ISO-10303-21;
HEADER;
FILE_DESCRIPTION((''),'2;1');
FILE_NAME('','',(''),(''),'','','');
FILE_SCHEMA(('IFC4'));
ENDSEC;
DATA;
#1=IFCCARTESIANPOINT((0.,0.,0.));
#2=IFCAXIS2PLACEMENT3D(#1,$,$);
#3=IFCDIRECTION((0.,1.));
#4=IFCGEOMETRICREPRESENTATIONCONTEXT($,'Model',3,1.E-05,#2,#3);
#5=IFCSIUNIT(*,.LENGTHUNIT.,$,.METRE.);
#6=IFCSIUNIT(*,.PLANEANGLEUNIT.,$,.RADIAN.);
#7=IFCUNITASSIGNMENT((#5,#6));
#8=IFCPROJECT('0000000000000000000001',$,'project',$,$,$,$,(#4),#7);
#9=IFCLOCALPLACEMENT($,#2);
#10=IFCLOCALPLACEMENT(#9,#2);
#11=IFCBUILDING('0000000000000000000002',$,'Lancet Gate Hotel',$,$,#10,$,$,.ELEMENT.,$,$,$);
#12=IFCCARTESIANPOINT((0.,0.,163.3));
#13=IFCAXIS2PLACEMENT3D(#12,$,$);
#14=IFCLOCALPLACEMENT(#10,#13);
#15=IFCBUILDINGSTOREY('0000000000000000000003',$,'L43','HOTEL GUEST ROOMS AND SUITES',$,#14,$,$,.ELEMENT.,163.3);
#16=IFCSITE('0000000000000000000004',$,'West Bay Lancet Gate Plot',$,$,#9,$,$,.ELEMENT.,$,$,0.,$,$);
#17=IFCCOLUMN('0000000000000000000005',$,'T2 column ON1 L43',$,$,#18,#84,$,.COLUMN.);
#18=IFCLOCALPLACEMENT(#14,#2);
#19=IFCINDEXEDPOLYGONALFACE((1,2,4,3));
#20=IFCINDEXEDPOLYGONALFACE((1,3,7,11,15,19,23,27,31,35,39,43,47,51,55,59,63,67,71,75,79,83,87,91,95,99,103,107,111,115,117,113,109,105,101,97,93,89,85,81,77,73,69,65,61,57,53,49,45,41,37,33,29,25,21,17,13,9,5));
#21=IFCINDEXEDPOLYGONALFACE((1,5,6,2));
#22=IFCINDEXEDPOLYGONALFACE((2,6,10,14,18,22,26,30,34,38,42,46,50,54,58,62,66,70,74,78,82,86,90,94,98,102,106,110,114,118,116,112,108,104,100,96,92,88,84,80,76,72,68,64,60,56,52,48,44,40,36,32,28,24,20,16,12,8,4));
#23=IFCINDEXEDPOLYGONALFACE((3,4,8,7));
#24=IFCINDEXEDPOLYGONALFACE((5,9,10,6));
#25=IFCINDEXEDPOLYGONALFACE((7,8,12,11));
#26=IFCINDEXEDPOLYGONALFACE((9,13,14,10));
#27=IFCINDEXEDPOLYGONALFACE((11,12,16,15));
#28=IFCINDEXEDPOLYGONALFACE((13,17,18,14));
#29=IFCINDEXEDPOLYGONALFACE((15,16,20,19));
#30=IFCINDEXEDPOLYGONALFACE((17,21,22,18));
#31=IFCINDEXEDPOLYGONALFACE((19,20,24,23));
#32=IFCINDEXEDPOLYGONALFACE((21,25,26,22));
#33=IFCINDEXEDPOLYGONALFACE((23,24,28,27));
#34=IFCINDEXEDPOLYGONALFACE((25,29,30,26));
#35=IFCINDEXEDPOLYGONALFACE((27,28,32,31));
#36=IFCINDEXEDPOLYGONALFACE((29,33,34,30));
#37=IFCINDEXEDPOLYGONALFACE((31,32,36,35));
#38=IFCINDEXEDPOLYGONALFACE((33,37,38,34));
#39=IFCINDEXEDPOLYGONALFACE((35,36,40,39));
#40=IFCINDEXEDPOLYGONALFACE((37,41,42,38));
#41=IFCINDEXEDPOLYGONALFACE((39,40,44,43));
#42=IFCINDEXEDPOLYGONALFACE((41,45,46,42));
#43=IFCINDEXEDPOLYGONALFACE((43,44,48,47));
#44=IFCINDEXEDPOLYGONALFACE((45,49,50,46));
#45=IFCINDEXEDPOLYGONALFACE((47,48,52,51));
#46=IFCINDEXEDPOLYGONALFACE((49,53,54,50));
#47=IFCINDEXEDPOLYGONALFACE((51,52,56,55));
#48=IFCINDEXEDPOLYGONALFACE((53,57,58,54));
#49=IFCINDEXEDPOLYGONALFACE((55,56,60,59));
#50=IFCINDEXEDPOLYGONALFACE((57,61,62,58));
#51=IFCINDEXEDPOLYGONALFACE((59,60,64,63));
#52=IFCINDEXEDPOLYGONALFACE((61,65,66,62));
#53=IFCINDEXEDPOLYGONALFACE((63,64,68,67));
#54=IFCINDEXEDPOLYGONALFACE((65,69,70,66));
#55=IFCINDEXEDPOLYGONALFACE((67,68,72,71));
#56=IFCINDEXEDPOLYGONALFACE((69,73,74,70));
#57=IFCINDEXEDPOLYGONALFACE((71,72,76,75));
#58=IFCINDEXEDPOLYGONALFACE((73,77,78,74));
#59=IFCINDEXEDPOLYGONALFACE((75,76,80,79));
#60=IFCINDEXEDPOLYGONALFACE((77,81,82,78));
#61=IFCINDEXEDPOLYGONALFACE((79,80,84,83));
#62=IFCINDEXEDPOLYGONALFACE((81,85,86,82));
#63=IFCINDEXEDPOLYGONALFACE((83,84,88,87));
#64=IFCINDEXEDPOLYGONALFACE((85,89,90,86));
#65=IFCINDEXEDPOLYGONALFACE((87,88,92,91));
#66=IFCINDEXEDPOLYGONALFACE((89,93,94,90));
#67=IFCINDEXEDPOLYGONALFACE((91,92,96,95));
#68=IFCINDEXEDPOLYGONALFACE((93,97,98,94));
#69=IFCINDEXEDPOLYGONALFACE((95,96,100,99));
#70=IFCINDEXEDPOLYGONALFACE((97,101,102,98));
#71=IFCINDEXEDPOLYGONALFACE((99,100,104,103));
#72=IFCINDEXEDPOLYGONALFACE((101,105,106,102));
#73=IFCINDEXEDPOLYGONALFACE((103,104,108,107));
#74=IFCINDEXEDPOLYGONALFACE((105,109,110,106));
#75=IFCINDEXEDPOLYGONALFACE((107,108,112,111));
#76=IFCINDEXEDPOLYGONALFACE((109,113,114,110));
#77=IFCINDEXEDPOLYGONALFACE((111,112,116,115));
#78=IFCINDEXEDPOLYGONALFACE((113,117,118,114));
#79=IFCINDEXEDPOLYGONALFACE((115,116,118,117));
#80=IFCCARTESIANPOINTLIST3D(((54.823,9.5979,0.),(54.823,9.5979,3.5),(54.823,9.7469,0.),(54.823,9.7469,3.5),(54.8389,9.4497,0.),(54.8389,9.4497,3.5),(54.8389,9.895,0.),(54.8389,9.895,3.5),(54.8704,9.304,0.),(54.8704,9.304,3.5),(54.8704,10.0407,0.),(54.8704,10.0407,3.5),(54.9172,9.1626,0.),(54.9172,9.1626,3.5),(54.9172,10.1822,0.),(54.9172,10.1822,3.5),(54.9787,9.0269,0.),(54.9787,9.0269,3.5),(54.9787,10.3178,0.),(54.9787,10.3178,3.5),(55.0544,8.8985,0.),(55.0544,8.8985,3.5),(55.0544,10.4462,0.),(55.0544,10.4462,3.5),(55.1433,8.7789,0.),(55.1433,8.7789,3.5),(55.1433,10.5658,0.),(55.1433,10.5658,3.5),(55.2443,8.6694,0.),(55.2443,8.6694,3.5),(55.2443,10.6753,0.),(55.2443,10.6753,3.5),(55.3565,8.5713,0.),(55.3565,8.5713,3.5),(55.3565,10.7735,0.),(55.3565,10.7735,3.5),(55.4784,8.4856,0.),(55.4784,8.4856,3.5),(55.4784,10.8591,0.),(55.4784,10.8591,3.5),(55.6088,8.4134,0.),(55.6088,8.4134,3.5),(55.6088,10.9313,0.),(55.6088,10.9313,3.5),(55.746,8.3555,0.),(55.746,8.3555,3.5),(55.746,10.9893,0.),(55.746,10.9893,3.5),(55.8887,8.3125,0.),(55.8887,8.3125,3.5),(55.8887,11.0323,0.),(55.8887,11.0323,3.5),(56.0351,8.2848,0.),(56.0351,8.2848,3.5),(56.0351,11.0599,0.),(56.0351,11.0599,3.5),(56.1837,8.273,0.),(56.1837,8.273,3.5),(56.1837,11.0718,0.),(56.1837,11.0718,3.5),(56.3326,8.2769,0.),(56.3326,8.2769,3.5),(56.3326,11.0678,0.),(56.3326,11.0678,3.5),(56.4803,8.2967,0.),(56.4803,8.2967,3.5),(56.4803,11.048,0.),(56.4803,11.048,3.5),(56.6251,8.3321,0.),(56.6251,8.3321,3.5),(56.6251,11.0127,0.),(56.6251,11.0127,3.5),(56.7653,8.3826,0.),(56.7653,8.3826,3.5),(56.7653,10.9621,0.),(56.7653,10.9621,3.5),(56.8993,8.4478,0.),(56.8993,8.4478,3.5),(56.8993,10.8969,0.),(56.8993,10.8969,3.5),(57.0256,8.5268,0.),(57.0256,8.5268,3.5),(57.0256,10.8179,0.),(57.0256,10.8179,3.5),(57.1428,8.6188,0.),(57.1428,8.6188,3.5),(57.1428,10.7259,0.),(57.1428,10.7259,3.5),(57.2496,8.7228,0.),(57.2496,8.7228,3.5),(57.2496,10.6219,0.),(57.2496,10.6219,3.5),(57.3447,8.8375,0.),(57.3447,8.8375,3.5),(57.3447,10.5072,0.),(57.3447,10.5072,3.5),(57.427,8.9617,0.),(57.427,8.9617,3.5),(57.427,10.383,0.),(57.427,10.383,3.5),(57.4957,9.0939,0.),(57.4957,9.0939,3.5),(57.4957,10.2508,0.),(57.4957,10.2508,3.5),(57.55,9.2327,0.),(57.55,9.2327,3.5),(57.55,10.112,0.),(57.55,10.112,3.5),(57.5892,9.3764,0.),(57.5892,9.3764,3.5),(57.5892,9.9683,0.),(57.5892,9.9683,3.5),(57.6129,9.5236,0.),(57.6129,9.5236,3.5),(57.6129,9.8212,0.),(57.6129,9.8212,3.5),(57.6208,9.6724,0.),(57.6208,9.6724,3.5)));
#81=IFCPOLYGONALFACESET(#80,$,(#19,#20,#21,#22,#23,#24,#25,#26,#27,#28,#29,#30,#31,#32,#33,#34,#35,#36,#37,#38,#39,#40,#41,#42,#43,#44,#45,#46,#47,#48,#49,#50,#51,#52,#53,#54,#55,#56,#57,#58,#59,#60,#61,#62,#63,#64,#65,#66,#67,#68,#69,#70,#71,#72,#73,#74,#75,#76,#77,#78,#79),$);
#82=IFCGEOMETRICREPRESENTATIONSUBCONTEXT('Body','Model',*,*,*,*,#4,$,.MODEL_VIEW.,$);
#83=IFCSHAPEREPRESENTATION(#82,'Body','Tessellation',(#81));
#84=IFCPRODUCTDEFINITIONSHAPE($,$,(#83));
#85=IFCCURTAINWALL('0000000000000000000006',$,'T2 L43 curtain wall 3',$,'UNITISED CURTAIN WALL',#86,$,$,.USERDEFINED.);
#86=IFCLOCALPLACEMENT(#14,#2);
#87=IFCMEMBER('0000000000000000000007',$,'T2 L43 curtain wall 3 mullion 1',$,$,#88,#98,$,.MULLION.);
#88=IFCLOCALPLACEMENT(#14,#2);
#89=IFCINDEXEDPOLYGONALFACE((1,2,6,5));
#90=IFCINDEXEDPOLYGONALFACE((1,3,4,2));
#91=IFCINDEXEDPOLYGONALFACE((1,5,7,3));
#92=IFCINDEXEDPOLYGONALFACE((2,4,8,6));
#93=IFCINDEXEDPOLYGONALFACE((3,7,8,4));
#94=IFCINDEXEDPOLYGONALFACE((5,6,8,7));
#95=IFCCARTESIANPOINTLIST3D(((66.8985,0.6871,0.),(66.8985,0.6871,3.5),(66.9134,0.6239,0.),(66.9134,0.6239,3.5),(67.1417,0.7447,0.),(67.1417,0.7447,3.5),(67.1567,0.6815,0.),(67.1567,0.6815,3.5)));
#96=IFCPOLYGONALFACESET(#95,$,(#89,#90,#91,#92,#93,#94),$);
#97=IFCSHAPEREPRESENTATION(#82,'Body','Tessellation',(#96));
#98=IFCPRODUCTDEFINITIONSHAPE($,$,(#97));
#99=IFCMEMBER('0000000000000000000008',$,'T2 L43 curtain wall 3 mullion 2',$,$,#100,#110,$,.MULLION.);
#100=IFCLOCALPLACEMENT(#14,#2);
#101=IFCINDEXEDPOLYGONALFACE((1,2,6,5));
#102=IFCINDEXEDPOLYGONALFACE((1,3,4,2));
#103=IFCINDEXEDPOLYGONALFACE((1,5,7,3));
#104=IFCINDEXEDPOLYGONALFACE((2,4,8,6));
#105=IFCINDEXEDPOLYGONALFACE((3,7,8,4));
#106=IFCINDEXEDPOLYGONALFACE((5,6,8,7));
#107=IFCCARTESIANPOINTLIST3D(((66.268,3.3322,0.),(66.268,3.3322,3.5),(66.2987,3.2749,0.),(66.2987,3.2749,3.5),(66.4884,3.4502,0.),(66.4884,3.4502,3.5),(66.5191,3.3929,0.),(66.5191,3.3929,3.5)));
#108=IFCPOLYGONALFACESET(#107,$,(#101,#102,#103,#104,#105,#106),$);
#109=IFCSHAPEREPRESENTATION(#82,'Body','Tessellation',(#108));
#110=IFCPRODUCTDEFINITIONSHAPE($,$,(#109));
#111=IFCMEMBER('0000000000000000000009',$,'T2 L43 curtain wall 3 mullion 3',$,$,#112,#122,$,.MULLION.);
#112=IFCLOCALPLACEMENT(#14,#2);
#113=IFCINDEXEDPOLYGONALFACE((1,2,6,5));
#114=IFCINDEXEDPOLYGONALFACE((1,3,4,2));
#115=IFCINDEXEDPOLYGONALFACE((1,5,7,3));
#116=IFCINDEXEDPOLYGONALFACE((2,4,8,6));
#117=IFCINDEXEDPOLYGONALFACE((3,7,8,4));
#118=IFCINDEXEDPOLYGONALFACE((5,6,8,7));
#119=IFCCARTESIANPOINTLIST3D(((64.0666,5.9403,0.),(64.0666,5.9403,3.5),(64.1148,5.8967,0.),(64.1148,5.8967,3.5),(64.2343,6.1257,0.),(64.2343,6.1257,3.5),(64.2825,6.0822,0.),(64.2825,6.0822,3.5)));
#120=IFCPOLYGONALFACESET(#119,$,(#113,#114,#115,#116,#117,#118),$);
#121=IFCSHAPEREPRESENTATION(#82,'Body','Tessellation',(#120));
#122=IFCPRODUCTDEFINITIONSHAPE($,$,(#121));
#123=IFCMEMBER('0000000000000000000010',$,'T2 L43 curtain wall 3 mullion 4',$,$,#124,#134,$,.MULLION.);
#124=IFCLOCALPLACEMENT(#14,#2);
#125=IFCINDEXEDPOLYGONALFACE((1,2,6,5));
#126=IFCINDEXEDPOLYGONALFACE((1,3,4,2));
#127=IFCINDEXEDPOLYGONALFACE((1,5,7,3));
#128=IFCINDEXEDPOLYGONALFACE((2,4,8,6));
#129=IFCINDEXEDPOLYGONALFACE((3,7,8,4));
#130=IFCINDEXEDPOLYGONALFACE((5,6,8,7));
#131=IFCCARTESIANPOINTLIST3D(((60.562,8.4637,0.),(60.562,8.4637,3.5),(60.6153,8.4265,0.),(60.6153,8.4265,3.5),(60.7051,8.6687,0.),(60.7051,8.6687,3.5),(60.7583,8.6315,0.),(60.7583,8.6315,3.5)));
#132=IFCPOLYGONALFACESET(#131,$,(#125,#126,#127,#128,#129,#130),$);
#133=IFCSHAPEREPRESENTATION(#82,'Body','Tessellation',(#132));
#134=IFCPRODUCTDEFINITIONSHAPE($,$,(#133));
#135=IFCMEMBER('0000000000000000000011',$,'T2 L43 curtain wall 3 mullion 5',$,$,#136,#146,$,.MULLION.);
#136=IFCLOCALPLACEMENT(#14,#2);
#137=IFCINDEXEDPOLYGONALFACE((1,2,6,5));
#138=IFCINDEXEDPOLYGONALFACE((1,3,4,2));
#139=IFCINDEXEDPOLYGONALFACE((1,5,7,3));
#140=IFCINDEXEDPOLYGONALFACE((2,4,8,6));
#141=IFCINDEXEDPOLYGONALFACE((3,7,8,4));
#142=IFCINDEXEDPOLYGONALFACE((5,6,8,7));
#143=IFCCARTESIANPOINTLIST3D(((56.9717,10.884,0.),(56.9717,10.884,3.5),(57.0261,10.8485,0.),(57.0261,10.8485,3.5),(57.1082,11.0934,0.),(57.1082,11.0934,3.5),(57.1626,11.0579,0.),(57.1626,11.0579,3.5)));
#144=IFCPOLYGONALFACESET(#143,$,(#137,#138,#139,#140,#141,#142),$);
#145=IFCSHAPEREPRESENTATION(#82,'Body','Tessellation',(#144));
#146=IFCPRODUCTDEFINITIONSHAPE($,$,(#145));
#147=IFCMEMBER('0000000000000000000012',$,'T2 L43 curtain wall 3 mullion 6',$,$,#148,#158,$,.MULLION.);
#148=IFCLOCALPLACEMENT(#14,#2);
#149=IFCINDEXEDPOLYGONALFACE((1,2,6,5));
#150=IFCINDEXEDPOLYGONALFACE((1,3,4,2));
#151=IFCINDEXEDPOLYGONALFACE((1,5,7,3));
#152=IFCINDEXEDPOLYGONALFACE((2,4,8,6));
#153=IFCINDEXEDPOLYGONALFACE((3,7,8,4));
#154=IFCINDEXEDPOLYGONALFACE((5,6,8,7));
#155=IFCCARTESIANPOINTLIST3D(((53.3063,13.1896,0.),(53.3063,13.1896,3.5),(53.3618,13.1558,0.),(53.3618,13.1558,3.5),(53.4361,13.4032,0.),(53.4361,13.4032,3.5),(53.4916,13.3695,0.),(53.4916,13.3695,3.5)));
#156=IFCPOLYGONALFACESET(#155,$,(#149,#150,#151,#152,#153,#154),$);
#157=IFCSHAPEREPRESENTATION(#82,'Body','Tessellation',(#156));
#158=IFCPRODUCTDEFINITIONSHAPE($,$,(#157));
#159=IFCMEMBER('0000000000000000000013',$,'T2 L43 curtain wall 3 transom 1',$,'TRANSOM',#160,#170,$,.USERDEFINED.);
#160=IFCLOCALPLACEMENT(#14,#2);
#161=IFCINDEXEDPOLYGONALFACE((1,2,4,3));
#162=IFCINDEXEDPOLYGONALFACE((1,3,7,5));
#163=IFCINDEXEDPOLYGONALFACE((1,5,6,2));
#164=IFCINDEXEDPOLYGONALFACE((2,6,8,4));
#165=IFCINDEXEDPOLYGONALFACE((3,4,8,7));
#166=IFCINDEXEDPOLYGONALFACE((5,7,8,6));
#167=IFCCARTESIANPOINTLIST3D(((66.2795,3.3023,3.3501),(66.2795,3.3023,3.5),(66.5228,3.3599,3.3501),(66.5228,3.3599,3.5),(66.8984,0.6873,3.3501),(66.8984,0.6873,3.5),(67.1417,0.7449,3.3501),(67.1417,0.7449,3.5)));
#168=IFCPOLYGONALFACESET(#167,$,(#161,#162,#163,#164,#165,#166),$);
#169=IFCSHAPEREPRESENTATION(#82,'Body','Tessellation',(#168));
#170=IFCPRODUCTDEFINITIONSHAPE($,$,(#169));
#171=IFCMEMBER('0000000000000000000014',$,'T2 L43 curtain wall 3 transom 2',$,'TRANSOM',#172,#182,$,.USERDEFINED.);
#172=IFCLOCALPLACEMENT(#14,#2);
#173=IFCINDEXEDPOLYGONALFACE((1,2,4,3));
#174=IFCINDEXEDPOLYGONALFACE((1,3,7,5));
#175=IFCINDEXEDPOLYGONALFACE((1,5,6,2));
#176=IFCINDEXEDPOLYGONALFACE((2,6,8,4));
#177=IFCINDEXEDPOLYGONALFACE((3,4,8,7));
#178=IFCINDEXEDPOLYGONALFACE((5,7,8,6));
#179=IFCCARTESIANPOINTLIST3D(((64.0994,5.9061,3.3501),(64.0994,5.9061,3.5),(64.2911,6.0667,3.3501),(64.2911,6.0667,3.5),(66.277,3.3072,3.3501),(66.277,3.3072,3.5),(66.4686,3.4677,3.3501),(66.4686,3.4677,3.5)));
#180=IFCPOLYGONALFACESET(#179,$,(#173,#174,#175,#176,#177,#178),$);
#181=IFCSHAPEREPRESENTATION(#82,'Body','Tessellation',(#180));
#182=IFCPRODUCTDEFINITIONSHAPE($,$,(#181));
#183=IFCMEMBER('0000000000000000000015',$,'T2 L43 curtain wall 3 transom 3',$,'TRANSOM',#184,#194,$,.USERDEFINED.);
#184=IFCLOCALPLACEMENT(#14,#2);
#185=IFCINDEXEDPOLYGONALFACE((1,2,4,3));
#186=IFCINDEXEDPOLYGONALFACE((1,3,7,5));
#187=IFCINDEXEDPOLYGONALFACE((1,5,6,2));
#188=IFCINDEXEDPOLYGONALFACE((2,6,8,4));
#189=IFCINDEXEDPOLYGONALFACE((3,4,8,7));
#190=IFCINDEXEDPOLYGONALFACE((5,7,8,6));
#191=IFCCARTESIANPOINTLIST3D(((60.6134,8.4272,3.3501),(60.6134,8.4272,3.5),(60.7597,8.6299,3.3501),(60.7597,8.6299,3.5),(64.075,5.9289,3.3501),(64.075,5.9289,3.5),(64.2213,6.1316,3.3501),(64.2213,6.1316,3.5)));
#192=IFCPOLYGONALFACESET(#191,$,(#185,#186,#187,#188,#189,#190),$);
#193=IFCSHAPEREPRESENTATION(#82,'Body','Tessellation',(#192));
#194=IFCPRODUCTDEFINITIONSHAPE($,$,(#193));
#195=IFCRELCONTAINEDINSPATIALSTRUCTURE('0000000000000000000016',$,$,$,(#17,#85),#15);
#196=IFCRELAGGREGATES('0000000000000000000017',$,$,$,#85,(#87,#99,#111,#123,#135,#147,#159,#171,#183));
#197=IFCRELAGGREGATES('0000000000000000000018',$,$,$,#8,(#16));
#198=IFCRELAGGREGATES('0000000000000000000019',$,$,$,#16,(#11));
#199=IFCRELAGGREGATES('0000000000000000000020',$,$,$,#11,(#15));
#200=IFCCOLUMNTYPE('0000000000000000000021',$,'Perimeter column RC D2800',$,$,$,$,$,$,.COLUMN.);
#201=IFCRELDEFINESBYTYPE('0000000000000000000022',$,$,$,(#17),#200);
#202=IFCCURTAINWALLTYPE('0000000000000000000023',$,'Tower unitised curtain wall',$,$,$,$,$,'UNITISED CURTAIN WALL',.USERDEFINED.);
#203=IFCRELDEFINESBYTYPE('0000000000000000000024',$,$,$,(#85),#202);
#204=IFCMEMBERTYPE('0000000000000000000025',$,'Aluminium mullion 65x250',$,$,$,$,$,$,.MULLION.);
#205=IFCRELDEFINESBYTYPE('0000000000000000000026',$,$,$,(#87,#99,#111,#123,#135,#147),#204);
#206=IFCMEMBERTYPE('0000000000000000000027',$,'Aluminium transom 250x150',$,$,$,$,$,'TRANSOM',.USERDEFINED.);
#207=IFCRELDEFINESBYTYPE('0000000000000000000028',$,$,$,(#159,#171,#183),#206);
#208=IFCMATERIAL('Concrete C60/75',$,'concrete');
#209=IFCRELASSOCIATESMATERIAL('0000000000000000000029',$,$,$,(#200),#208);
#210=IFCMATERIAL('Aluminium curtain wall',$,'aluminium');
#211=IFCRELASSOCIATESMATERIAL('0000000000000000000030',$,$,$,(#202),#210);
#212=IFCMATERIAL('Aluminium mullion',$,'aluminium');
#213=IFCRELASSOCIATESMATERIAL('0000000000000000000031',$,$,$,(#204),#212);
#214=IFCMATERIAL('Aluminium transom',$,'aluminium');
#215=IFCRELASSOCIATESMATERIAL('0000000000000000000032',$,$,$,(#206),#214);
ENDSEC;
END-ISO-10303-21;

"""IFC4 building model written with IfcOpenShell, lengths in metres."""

from ifc_helpers import new_model, si_unit, direction, frame, origin, origin_2d, place, context, subcontext, project, spatial, rectangle, circle, extrude, material, material_profile, profile_set, type_object, element, aggregate, save


model = new_model("IFC4")

# Units and contexts
model_context = context("Model", 3, precision=1e-05, world=origin(), true_north=direction((0.0, 1.0)))
body_context = subcontext(model_context, "Body", "Model", "MODEL_VIEW")
ifc_project = project(units=[si_unit("LENGTHUNIT", "METRE"), si_unit("PLANEANGLEUNIT", "RADIAN")], contexts=[model_context])

# Site, building, storey
site_placement = place(None, origin())
site = spatial("IfcSite", under=ifc_project, at=site_placement, Name="West Bay Lancet Gate Plot", CompositionType="ELEMENT", RefElevation=0.0)
building_placement = place(site_placement, origin())
building = spatial("IfcBuilding", under=site, at=building_placement, Name="Lancet Gate Hotel", CompositionType="ELEMENT")
storey_placement = place(building_placement, frame((0.0, 0.0, 163.3)))
storey = spatial("IfcBuildingStorey", under=building, at=storey_placement, Name="L43", Description="HOTEL GUEST ROOMS AND SUITES", CompositionType="ELEMENT", Elevation=163.3)

# Column
ifc_material_1 = material(Name="Concrete C60/75", Category="concrete")
ifc_material_profile_1 = material_profile(ifc_material_1, circle(Radius=1.3999, at=origin_2d()), Name="RC D2800")
ifc_profile_set_1 = profile_set([ifc_material_profile_1], Name="Concrete C60/75")
column_type = type_object("IfcColumnType", Name="Perimeter column RC D2800", PredefinedType="COLUMN", material=ifc_profile_set_1)
column_placement = place(storey_placement, frame((56.2209, 9.6724, 0.0), z_axis=(0.0, 0.0, 1.0), x_axis=(1.0, 0.0, 0.0)))
element("IfcColumn", 1, at=column_placement, inside=storey, type_object=column_type, Name="T2 column ON1 L43", PredefinedType="COLUMN", context=body_context, shape_type="SweptSolid", body=[
    extrude(circle(Radius=1.3999, at=origin_2d()), origin(), (0.0, 0.0, 1.0), 3.5),
])

# Curtain wall, members
ifc_material_2 = material(Name="Aluminium curtain wall", Category="aluminium")
curtain_wall_type = type_object("IfcCurtainWallType", Name="Tower unitised curtain wall", ElementType="UNITISED CURTAIN WALL", PredefinedType="USERDEFINED", material=ifc_material_2)
curtain_wall_placement = place(storey_placement, origin())
curtain_wall = element("IfcCurtainWall", 2, at=curtain_wall_placement, inside=storey, type_object=curtain_wall_type, Name="T2 L43 curtain wall 3", ObjectType="UNITISED CURTAIN WALL", PredefinedType="USERDEFINED")
ifc_material_3 = material(Name="Aluminium mullion", Category="aluminium")
ifc_material_profile_2 = material_profile(ifc_material_3, rectangle(XDim=0.0649, YDim=0.25, at=origin_2d()), Name="MULLION 65x250")
ifc_profile_set_2 = profile_set([ifc_material_profile_2], Name="Aluminium mullion")
member_type_1 = type_object("IfcMemberType", Name="Aluminium mullion 65x250", PredefinedType="MULLION", material=ifc_profile_set_2)
member_1_placement = place(storey_placement, frame((67.0276, 0.6843, 0.0), z_axis=(0.0, 0.0, 1.0), x_axis=(-0.230367, 0.973104, 0.0)))
member_1 = element("IfcMember", 3, at=member_1_placement, type_object=member_type_1, Name="T2 L43 curtain wall 3 mullion 1", PredefinedType="MULLION", context=body_context, shape_type="SweptSolid", body=[
    extrude(rectangle(XDim=0.0649, YDim=0.25, at=origin_2d()), origin(), (0.0, 0.0, 1.0), 3.5),
])
member_2_placement = place(storey_placement, frame((66.3936, 3.3625, 0.0), z_axis=(0.0, 0.0, 1.0), x_axis=(-0.472146, 0.88152, 0.0)))
member_2 = element("IfcMember", 4, at=member_2_placement, type_object=member_type_1, Name="T2 L43 curtain wall 3 mullion 2", PredefinedType="MULLION", context=body_context, shape_type="SweptSolid", body=[
    extrude(rectangle(XDim=0.0649, YDim=0.25, at=origin_2d()), origin(), (0.0, 0.0, 1.0), 3.5),
])
member_3_placement = place(storey_placement, frame((64.1746, 6.0112, 0.0), z_axis=(0.0, 0.0, 1.0), x_axis=(-0.741693, 0.670739, 0.0)))
member_3 = element("IfcMember", 5, at=member_3_placement, type_object=member_type_1, Name="T2 L43 curtain wall 3 mullion 3", PredefinedType="MULLION", context=body_context, shape_type="SweptSolid", body=[
    extrude(rectangle(XDim=0.0649, YDim=0.25, at=origin_2d()), origin(), (0.0, 0.0, 1.0), 3.5),
])
member_4_placement = place(storey_placement, frame((60.6602, 8.5476, 0.0), z_axis=(0.0, 0.0, 1.0), x_axis=(-0.820068, 0.572266, 0.0)))
member_4 = element("IfcMember", 6, at=member_4_placement, type_object=member_type_1, Name="T2 L43 curtain wall 3 mullion 4", PredefinedType="MULLION", context=body_context, shape_type="SweptSolid", body=[
    extrude(rectangle(XDim=0.0649, YDim=0.25, at=origin_2d()), origin(), (0.0, 0.0, 1.0), 3.5),
])
member_5_placement = place(storey_placement, frame((57.0671, 10.9709, 0.0), z_axis=(0.0, 0.0, 1.0), x_axis=(-0.837801, 0.545976, 0.0)))
member_5 = element("IfcMember", 7, at=member_5_placement, type_object=member_type_1, Name="T2 L43 curtain wall 3 mullion 5", PredefinedType="MULLION", context=body_context, shape_type="SweptSolid", body=[
    extrude(rectangle(XDim=0.0649, YDim=0.25, at=origin_2d()), origin(), (0.0, 0.0, 1.0), 3.5),
])
member_6_placement = place(storey_placement, frame((53.3989, 13.2795, 0.0), z_axis=(0.0, 0.0, 1.0), x_axis=(-0.854691, 0.519137, 0.0)))
member_6 = element("IfcMember", 8, at=member_6_placement, type_object=member_type_1, Name="T2 L43 curtain wall 3 mullion 6", PredefinedType="MULLION", context=body_context, shape_type="SweptSolid", body=[
    extrude(rectangle(XDim=0.0649, YDim=0.25, at=origin_2d()), origin(), (0.0, 0.0, 1.0), 3.5),
])
ifc_material_4 = material(Name="Aluminium transom", Category="aluminium")
ifc_material_profile_3 = material_profile(ifc_material_4, rectangle(XDim=0.25, YDim=0.1499, at=origin_2d()), Name="TRANSOM 250x150")
ifc_profile_set_3 = profile_set([ifc_material_profile_3], Name="Aluminium transom")
member_type_2 = type_object("IfcMemberType", Name="Aluminium transom 250x150", ElementType="TRANSOM", PredefinedType="USERDEFINED", material=ifc_profile_set_3)
member_7_placement = place(storey_placement, frame((67.02, 0.7161, 3.425), z_axis=(-0.23031, 0.973117, 0.0), x_axis=(-0.973117, -0.23031, 0.0)))
member_7 = element("IfcMember", 9, at=member_7_placement, type_object=member_type_2, Name="T2 L43 curtain wall 3 transom 1", ObjectType="TRANSOM", PredefinedType="USERDEFINED", context=body_context, shape_type="SweptSolid", body=[
    extrude(rectangle(XDim=0.25, YDim=0.1499, at=origin_2d()), origin(), (0.0, 0.0, 1.0), 2.6873),
])
member_8_placement = place(storey_placement, frame((66.3728, 3.3875, 3.425), z_axis=(-0.642229, 0.766513, 0.0), x_axis=(-0.766513, -0.642229, 0.0)))
member_8 = element("IfcMember", 10, at=member_8_placement, type_object=member_type_2, Name="T2 L43 curtain wall 3 transom 2", ObjectType="TRANSOM", PredefinedType="USERDEFINED", context=body_context, shape_type="SweptSolid", body=[
    extrude(rectangle(XDim=0.25, YDim=0.1499, at=origin_2d()), origin(), (0.0, 0.0, 1.0), 3.3906),
])
member_9_placement = place(storey_placement, frame((64.1482, 6.0303, 3.425), z_axis=(-0.81088, 0.585213, 0.0), x_axis=(-0.585213, -0.81088, 0.0)))
member_9 = element("IfcMember", 11, at=member_9_placement, type_object=member_type_2, Name="T2 L43 curtain wall 3 transom 3", ObjectType="TRANSOM", PredefinedType="USERDEFINED", context=body_context, shape_type="SweptSolid", body=[
    extrude(rectangle(XDim=0.25, YDim=0.1499, at=origin_2d()), origin(), (0.0, 0.0, 1.0), 4.269),
])

aggregate(curtain_wall, [member_1, member_2, member_3, member_4, member_5, member_6, member_7, member_8, member_9])

save(model, "model.ifc")
